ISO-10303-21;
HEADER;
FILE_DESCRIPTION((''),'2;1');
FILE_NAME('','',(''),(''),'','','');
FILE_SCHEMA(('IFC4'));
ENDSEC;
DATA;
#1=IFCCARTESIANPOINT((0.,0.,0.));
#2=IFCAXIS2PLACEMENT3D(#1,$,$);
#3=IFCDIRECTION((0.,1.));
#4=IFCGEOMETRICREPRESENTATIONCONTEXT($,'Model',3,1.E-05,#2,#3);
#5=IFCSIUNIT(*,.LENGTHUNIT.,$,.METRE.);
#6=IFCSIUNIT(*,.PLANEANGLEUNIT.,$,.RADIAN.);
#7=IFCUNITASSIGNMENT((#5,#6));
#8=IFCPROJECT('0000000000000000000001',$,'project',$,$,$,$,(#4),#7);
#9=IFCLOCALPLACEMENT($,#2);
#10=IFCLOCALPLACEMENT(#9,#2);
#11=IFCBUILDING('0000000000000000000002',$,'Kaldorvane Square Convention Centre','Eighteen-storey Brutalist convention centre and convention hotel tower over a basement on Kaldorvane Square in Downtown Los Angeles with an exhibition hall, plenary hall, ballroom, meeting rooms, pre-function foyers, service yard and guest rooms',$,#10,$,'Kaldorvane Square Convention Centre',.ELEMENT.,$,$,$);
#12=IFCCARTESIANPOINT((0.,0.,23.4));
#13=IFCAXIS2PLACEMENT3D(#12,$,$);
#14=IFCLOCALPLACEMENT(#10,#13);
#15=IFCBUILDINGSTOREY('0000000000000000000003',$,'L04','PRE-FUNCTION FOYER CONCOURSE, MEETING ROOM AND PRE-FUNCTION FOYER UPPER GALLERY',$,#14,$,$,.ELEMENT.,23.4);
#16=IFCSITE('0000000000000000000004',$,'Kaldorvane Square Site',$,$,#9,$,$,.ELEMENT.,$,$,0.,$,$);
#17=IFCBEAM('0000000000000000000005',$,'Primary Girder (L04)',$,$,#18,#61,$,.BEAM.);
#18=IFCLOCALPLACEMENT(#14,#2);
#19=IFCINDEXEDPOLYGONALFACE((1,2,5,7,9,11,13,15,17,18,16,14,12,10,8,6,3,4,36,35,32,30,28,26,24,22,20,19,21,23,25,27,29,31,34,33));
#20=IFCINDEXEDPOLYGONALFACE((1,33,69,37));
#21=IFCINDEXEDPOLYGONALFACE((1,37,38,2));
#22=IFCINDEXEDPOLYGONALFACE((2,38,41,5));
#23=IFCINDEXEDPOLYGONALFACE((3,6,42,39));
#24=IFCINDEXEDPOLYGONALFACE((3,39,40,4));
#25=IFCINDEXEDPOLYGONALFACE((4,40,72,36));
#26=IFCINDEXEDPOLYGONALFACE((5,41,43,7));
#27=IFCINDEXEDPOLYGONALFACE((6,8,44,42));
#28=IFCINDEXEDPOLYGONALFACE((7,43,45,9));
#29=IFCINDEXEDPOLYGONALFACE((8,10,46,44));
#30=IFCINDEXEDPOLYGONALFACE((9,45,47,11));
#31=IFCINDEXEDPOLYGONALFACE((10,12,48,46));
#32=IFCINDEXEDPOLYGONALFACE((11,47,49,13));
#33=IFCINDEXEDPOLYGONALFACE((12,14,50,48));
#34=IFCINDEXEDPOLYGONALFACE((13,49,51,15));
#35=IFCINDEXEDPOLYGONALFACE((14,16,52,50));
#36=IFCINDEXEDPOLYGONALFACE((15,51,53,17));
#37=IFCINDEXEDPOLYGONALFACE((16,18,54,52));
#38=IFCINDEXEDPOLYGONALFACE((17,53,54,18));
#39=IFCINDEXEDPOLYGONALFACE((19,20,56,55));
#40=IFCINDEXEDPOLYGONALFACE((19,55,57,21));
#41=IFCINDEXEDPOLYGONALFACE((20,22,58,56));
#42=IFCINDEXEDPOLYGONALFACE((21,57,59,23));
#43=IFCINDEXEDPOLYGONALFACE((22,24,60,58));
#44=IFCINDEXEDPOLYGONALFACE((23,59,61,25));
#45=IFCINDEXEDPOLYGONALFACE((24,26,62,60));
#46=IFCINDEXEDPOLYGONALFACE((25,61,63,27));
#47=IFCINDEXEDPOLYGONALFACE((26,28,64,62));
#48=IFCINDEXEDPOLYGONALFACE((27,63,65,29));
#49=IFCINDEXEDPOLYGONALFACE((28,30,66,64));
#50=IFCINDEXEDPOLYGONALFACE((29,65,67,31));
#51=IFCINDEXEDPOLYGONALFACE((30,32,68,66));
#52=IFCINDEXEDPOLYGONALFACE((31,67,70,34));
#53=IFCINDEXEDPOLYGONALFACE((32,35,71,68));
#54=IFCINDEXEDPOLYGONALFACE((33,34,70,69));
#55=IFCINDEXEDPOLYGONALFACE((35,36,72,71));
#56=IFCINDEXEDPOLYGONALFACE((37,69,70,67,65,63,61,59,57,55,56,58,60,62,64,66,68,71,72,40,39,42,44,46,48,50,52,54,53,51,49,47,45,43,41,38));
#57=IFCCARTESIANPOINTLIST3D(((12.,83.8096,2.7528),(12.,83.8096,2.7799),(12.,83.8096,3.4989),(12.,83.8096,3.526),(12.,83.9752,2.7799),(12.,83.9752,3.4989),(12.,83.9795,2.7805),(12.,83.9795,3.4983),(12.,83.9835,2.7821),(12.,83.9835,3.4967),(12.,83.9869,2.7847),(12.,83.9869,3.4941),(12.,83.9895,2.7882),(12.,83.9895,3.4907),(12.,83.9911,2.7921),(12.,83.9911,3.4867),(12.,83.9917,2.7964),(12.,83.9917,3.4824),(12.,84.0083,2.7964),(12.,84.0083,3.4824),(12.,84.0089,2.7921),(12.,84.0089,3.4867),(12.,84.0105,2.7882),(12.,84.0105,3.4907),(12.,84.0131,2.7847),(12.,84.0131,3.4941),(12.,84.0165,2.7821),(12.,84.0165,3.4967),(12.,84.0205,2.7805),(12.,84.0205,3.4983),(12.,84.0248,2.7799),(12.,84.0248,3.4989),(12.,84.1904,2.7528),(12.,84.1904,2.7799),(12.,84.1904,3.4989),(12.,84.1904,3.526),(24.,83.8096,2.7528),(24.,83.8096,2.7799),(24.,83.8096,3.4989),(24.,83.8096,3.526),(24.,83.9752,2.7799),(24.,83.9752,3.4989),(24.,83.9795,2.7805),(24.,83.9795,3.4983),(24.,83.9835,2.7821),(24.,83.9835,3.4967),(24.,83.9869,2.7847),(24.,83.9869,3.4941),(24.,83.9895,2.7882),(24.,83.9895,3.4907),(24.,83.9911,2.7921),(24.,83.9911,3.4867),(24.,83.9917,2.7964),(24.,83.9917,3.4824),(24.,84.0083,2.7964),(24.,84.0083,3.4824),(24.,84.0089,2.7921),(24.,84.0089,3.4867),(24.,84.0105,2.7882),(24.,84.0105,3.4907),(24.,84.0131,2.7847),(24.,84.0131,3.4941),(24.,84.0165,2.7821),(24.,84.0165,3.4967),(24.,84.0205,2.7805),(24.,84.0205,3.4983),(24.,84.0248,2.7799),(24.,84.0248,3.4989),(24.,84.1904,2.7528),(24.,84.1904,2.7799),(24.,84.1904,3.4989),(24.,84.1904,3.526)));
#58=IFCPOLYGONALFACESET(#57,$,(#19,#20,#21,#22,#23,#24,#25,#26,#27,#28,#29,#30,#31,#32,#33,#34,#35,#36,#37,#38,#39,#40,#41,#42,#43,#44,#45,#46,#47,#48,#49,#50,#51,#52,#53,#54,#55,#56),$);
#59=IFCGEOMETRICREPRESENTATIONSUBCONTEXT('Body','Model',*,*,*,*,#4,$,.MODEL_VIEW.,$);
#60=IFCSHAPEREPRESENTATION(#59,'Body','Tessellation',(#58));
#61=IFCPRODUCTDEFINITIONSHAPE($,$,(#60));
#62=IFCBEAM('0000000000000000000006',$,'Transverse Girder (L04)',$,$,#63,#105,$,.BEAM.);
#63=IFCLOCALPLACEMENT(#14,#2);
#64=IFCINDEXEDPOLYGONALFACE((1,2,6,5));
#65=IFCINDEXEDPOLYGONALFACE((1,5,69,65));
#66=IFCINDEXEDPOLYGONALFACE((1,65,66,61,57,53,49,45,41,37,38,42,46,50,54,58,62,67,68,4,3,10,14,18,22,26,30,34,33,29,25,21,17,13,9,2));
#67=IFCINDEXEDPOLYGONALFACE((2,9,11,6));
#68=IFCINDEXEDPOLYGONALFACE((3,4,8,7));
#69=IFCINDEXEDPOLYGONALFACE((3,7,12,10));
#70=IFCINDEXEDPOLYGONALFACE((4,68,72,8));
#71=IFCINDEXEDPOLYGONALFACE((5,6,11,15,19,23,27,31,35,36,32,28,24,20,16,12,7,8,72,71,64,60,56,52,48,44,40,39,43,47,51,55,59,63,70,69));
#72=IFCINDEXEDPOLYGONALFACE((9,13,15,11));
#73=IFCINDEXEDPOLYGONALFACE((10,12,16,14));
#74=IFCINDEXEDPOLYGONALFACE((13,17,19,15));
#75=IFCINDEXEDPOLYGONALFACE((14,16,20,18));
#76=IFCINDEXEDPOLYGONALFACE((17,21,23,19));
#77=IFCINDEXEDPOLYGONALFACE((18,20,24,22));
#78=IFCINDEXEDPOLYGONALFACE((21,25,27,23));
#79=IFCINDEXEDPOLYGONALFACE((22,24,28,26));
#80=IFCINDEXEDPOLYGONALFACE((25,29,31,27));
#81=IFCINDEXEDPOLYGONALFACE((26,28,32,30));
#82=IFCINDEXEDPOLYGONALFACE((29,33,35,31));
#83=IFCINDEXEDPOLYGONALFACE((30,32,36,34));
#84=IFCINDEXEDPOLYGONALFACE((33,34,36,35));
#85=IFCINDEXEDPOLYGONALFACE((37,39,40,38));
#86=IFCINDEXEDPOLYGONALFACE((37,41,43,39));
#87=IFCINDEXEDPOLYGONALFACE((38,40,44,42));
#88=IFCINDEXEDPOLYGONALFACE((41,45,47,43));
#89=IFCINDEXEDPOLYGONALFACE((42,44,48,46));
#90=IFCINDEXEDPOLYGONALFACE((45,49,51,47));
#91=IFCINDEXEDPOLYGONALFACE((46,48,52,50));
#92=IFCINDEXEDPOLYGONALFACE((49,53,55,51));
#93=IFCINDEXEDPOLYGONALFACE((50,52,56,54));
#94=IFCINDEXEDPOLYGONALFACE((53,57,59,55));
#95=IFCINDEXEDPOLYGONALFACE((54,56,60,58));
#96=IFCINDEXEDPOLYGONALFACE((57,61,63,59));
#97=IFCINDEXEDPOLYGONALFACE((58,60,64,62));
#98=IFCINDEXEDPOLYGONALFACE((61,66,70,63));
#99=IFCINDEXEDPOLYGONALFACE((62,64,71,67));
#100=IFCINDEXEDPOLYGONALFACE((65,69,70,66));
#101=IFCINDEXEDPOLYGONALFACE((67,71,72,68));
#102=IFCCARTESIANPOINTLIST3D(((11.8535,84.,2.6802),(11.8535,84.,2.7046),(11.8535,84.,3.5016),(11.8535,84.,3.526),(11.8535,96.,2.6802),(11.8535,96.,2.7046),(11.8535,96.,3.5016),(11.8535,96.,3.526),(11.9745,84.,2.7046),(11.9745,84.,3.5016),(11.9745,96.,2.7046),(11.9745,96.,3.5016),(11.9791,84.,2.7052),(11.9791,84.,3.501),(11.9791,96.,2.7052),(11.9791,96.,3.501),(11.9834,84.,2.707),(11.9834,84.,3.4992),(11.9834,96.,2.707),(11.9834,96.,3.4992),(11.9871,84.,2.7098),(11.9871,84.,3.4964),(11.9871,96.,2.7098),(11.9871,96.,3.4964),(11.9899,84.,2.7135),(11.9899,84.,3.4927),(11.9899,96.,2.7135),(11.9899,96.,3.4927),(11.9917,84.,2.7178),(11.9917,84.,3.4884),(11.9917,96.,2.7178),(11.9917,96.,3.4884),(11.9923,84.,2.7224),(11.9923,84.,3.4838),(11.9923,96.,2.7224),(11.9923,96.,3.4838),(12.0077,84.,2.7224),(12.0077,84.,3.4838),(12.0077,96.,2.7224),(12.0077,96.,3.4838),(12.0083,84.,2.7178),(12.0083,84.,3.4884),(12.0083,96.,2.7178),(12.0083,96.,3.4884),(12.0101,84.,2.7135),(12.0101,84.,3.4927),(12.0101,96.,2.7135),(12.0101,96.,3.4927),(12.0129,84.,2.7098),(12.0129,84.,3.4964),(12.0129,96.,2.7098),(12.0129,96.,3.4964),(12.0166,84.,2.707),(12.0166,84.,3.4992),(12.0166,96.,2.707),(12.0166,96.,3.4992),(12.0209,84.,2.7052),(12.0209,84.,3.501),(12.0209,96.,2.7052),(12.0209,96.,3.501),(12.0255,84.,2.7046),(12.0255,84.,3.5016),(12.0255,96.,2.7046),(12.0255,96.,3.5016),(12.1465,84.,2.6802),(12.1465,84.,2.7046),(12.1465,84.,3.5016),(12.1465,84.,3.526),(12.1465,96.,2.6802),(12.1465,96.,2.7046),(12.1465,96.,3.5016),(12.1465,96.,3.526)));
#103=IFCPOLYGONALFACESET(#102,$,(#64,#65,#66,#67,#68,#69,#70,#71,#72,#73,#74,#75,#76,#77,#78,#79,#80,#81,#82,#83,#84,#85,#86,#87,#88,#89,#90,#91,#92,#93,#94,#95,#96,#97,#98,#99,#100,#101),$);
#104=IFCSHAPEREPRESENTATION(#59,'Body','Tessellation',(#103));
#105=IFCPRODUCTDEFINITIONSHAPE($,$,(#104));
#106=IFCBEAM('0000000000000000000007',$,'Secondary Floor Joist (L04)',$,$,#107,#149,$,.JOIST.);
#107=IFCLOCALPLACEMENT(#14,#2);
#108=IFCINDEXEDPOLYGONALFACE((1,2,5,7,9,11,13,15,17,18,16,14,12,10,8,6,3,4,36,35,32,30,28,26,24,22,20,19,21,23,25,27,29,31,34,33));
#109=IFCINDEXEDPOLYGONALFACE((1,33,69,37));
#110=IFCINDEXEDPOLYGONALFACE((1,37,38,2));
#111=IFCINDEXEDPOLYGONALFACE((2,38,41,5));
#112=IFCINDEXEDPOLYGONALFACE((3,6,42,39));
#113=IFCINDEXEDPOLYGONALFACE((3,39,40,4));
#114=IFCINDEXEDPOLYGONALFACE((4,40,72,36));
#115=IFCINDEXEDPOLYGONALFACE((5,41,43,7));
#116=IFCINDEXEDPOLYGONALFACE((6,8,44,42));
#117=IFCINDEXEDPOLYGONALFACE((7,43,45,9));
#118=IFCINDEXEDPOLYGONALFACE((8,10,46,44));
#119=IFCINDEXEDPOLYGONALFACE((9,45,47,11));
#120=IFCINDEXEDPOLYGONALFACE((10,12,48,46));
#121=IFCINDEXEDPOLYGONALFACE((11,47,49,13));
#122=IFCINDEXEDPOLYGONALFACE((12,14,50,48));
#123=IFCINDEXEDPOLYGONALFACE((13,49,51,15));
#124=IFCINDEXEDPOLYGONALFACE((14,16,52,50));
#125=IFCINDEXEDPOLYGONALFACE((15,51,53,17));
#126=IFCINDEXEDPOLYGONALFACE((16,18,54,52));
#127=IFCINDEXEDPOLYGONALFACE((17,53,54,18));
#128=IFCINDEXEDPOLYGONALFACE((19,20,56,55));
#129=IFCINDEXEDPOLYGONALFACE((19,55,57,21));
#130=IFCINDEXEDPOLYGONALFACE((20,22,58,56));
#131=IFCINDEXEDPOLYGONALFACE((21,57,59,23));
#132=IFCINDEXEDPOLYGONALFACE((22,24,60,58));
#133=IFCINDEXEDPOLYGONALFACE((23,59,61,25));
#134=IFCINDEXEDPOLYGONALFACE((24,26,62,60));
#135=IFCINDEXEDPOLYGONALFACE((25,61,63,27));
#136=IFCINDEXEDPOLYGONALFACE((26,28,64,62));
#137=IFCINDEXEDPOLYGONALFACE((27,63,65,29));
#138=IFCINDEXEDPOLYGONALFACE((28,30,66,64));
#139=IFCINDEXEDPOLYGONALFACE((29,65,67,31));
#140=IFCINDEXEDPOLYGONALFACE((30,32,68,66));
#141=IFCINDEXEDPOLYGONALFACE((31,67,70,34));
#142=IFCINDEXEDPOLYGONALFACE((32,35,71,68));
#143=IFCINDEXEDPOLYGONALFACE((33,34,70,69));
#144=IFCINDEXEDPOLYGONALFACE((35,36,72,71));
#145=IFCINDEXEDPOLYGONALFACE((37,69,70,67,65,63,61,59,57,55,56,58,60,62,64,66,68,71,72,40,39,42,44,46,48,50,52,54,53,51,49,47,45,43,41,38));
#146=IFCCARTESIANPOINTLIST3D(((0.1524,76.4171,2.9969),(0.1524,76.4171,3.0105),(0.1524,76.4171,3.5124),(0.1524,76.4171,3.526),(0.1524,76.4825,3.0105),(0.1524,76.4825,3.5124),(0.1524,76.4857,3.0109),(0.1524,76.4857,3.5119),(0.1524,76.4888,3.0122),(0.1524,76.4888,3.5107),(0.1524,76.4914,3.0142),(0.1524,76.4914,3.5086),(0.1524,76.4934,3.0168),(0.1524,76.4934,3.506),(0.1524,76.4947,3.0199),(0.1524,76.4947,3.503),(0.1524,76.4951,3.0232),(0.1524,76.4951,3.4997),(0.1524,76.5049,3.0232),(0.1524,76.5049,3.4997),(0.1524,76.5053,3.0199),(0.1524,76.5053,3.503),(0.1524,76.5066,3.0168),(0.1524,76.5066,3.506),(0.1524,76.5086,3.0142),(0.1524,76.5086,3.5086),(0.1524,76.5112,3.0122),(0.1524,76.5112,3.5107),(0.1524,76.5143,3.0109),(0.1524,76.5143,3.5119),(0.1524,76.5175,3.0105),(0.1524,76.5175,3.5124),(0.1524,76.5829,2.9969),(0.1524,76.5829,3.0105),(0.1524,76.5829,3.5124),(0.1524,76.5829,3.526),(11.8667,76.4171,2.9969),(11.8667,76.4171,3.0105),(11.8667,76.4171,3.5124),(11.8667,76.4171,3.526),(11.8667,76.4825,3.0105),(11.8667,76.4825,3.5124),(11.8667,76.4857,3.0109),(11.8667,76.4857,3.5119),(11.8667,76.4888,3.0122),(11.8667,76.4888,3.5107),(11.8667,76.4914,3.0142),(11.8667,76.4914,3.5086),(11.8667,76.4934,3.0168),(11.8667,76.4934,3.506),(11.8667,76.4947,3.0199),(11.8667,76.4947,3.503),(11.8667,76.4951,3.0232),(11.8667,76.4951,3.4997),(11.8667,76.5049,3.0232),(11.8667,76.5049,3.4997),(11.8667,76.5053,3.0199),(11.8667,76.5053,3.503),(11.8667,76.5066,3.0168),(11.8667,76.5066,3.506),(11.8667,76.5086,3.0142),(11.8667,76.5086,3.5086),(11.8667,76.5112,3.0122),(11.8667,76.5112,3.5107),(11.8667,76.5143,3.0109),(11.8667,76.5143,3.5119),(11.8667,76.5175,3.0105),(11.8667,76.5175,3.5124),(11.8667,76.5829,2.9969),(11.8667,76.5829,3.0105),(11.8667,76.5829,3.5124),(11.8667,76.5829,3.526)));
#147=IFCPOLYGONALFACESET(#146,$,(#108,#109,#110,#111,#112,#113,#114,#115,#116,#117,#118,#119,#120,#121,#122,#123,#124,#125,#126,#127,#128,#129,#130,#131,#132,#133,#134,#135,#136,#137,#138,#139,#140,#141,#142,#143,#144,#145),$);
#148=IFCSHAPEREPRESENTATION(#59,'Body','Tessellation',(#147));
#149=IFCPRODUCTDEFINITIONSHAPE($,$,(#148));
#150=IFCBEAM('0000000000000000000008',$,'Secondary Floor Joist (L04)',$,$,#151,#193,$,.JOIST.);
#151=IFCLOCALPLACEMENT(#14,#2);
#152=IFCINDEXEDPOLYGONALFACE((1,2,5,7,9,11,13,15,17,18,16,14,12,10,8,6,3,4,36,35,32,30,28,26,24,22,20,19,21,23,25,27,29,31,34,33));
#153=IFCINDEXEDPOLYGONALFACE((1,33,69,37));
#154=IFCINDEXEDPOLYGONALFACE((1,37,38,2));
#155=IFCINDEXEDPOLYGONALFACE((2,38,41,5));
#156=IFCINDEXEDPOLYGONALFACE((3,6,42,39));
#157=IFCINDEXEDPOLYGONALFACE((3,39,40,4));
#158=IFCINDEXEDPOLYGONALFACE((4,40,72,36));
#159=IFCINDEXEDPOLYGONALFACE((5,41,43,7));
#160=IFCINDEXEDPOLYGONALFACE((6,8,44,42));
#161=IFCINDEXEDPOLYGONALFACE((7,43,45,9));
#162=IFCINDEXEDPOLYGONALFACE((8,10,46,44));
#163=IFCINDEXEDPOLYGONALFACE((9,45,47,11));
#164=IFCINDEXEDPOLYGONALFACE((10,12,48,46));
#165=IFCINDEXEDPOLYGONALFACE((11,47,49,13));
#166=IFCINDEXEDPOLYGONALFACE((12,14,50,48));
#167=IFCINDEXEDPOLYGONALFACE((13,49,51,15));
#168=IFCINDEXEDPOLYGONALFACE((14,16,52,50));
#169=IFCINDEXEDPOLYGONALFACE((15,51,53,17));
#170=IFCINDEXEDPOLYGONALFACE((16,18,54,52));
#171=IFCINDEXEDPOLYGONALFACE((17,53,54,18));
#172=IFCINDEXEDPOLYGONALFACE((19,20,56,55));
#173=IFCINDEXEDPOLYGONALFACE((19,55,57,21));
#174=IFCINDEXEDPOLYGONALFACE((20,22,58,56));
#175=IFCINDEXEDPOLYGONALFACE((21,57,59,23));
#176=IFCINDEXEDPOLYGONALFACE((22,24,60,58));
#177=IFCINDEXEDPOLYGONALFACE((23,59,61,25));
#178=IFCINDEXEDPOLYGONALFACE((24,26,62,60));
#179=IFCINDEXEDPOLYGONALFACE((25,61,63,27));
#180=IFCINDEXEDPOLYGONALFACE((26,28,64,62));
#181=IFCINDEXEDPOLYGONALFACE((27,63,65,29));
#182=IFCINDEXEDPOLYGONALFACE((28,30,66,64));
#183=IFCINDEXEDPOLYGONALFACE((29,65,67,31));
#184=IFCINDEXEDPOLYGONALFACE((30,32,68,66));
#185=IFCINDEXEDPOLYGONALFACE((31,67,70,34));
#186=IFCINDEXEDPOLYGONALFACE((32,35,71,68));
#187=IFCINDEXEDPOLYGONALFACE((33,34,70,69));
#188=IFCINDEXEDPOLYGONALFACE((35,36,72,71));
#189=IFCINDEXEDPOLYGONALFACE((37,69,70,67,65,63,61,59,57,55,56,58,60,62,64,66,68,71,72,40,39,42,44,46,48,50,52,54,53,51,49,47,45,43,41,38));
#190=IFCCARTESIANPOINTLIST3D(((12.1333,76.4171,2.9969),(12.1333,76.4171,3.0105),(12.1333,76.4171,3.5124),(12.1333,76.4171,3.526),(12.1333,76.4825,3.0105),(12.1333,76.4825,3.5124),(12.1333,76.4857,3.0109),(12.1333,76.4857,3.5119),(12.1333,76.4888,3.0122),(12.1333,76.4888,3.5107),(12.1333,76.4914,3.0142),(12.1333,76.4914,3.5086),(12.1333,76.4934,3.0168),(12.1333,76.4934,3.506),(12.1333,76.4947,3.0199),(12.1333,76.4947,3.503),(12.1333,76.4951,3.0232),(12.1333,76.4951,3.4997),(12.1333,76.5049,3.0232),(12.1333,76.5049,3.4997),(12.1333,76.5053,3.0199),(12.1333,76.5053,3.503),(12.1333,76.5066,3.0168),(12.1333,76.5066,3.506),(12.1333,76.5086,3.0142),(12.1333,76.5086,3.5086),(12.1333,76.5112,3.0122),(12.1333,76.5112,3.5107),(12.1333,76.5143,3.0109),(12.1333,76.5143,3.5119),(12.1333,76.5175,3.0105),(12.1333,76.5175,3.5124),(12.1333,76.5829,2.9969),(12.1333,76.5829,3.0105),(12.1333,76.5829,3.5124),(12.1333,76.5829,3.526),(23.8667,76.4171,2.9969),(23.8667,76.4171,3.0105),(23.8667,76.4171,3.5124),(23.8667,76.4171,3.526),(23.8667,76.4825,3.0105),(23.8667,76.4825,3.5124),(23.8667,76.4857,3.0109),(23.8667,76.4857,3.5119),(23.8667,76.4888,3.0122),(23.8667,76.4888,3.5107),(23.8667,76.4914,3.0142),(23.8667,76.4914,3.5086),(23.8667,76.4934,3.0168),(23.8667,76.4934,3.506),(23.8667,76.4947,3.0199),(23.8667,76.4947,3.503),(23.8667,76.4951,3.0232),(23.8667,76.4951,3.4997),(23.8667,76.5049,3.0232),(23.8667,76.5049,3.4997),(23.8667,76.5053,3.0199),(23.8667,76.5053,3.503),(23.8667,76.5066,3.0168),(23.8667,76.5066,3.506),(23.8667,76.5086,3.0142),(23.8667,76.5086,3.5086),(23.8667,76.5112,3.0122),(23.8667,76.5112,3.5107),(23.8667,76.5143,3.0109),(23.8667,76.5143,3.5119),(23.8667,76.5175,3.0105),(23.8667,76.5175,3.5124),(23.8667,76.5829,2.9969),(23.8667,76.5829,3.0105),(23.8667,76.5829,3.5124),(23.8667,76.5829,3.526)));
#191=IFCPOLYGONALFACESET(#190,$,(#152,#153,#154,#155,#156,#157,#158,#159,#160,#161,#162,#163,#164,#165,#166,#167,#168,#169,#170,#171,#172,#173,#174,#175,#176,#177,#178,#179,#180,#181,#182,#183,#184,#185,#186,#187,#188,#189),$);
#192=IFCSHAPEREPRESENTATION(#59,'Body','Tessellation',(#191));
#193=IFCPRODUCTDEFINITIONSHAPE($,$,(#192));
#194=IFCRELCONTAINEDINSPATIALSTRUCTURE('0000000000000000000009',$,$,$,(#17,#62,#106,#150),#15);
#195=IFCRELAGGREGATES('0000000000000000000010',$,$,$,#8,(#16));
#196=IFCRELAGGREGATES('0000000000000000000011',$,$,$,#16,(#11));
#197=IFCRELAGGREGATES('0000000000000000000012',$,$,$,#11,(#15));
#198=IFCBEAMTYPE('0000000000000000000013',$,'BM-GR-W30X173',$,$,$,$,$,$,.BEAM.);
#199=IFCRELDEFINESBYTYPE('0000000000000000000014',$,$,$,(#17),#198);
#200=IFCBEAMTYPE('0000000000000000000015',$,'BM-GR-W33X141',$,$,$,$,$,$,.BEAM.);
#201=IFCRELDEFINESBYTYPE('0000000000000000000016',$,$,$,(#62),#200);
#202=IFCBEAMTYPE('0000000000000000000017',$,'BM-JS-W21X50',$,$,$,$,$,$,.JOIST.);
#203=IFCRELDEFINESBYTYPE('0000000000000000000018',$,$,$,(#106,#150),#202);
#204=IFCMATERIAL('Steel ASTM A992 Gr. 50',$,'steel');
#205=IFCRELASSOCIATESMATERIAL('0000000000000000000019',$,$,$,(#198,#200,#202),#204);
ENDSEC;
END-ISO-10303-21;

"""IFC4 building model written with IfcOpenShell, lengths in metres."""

from ifc_helpers import new_model, si_unit, direction, frame, origin, origin_2d, place, context, subcontext, project, spatial, i_section, extrude, material, material_profile, profile_set, type_object, element, save


model = new_model("IFC4")

# Units and contexts
model_context = context("Model", 3, precision=1e-05, world=origin(), true_north=direction((0.0, 1.0)))
body_context = subcontext(model_context, "Body", "Model", "MODEL_VIEW")
ifc_project = project(units=[si_unit("LENGTHUNIT", "METRE"), si_unit("PLANEANGLEUNIT", "RADIAN")], contexts=[model_context])

# Site, building, storey
site_placement = place(None, origin())
site = spatial("IfcSite", under=ifc_project, at=site_placement, Name="Kaldorvane Square Site", CompositionType="ELEMENT", RefElevation=0.0)
building_placement = place(site_placement, origin())
building = spatial("IfcBuilding", under=site, at=building_placement, Name="Kaldorvane Square Convention Centre", Description="Eighteen-storey Brutalist convention centre and convention hotel tower over a basement on Kaldorvane Square in Downtown Los Angeles with an exhibition hall, plenary hall, ballroom, meeting rooms, pre-function foyers, service yard and guest rooms", LongName="Kaldorvane Square Convention Centre", CompositionType="ELEMENT")
storey_placement = place(building_placement, frame((0.0, 0.0, 23.4)))
storey = spatial("IfcBuildingStorey", under=building, at=storey_placement, Name="L04", Description="PRE-FUNCTION FOYER CONCOURSE, MEETING ROOM AND PRE-FUNCTION FOYER UPPER GALLERY", CompositionType="ELEMENT", Elevation=23.4)

# Shared definitions
ifc_material_1 = material(Name="Steel ASTM A992 Gr. 50", Category="steel")

# Beams
ifc_material_profile_1 = material_profile(ifc_material_1, i_section(OverallWidth=0.3807, OverallDepth=0.7732, WebThickness=0.0166, FlangeThickness=0.0271, FilletRadius=0.0165, at=origin_2d()), Name="W30X173")
ifc_profile_set_1 = profile_set([ifc_material_profile_1], Name="Steel ASTM A992 Gr. 50")
beam_type_1 = type_object("IfcBeamType", Name="BM-GR-W30X173", PredefinedType="BEAM", material=ifc_profile_set_1)
for number, where, z_axis, x_axis, name in (
    (1, (12.0, 84.0, 3.1394), (1.0, 0.0, 0.0), (0.0, 1.0, 0.0), "Primary Girder (L04)"),
):
    element("IfcBeam", number, at=place(storey_placement, frame(where, z_axis=z_axis, x_axis=x_axis)), inside=storey, type_object=beam_type_1, Name=name, PredefinedType="BEAM", context=body_context, shape_type="SweptSolid", body=[
        extrude(i_section(OverallWidth=0.3807, OverallDepth=0.7732, WebThickness=0.0166, FlangeThickness=0.0271, FilletRadius=0.0165, at=origin_2d()), origin(), (0.0, 0.0, 1.0), 12.0),
    ])
ifc_material_profile_2 = material_profile(ifc_material_1, i_section(OverallWidth=0.293, OverallDepth=0.8458, WebThickness=0.0154, FlangeThickness=0.0244, FilletRadius=0.0178, at=origin_2d()), Name="W33X141")
ifc_profile_set_2 = profile_set([ifc_material_profile_2], Name="Steel ASTM A992 Gr. 50")
beam_type_2 = type_object("IfcBeamType", Name="BM-GR-W33X141", PredefinedType="BEAM", material=ifc_profile_set_2)
beam_1_placement = place(storey_placement, frame((12.0, 84.0, 3.1031), z_axis=(0.0, 1.0, 0.0), x_axis=(-1.0, 0.0, 0.0)))
element("IfcBeam", 2, at=beam_1_placement, inside=storey, type_object=beam_type_2, Name="Transverse Girder (L04)", PredefinedType="BEAM", context=body_context, shape_type="SweptSolid", body=[
    extrude(i_section(OverallWidth=0.293, OverallDepth=0.8458, WebThickness=0.0154, FlangeThickness=0.0244, FilletRadius=0.0178, at=origin_2d()), origin(), (0.0, 0.0, 1.0), 12.0),
])
ifc_material_profile_3 = material_profile(ifc_material_1, i_section(OverallWidth=0.1659, OverallDepth=0.5291, WebThickness=0.0097, FlangeThickness=0.0136, FilletRadius=0.0127, at=origin_2d()), Name="W21X50")
ifc_profile_set_3 = profile_set([ifc_material_profile_3], Name="Steel ASTM A992 Gr. 50")
beam_type_3 = type_object("IfcBeamType", Name="BM-JS-W21X50", PredefinedType="JOIST", material=ifc_profile_set_3)
beam_2_placement = place(storey_placement, frame((0.1524, 76.5, 3.2614), z_axis=(1.0, 0.0, 0.0), x_axis=(0.0, 1.0, 0.0)))
element("IfcBeam", 3, at=beam_2_placement, inside=storey, type_object=beam_type_3, Name="Secondary Floor Joist (L04)", PredefinedType="JOIST", context=body_context, shape_type="SweptSolid", body=[
    extrude(i_section(OverallWidth=0.1659, OverallDepth=0.5291, WebThickness=0.0097, FlangeThickness=0.0136, FilletRadius=0.0127, at=origin_2d()), origin(), (0.0, 0.0, 1.0), 11.7143),
])
beam_3_placement = place(storey_placement, frame((12.1333, 76.5, 3.2614), z_axis=(1.0, 0.0, 0.0), x_axis=(0.0, 1.0, 0.0)))
element("IfcBeam", 4, at=beam_3_placement, inside=storey, type_object=beam_type_3, Name="Secondary Floor Joist (L04)", PredefinedType="JOIST", context=body_context, shape_type="SweptSolid", body=[
    extrude(i_section(OverallWidth=0.1659, OverallDepth=0.5291, WebThickness=0.0097, FlangeThickness=0.0136, FilletRadius=0.0127, at=origin_2d()), origin(), (0.0, 0.0, 1.0), 11.7334),
])

save(model, "model.ifc")
